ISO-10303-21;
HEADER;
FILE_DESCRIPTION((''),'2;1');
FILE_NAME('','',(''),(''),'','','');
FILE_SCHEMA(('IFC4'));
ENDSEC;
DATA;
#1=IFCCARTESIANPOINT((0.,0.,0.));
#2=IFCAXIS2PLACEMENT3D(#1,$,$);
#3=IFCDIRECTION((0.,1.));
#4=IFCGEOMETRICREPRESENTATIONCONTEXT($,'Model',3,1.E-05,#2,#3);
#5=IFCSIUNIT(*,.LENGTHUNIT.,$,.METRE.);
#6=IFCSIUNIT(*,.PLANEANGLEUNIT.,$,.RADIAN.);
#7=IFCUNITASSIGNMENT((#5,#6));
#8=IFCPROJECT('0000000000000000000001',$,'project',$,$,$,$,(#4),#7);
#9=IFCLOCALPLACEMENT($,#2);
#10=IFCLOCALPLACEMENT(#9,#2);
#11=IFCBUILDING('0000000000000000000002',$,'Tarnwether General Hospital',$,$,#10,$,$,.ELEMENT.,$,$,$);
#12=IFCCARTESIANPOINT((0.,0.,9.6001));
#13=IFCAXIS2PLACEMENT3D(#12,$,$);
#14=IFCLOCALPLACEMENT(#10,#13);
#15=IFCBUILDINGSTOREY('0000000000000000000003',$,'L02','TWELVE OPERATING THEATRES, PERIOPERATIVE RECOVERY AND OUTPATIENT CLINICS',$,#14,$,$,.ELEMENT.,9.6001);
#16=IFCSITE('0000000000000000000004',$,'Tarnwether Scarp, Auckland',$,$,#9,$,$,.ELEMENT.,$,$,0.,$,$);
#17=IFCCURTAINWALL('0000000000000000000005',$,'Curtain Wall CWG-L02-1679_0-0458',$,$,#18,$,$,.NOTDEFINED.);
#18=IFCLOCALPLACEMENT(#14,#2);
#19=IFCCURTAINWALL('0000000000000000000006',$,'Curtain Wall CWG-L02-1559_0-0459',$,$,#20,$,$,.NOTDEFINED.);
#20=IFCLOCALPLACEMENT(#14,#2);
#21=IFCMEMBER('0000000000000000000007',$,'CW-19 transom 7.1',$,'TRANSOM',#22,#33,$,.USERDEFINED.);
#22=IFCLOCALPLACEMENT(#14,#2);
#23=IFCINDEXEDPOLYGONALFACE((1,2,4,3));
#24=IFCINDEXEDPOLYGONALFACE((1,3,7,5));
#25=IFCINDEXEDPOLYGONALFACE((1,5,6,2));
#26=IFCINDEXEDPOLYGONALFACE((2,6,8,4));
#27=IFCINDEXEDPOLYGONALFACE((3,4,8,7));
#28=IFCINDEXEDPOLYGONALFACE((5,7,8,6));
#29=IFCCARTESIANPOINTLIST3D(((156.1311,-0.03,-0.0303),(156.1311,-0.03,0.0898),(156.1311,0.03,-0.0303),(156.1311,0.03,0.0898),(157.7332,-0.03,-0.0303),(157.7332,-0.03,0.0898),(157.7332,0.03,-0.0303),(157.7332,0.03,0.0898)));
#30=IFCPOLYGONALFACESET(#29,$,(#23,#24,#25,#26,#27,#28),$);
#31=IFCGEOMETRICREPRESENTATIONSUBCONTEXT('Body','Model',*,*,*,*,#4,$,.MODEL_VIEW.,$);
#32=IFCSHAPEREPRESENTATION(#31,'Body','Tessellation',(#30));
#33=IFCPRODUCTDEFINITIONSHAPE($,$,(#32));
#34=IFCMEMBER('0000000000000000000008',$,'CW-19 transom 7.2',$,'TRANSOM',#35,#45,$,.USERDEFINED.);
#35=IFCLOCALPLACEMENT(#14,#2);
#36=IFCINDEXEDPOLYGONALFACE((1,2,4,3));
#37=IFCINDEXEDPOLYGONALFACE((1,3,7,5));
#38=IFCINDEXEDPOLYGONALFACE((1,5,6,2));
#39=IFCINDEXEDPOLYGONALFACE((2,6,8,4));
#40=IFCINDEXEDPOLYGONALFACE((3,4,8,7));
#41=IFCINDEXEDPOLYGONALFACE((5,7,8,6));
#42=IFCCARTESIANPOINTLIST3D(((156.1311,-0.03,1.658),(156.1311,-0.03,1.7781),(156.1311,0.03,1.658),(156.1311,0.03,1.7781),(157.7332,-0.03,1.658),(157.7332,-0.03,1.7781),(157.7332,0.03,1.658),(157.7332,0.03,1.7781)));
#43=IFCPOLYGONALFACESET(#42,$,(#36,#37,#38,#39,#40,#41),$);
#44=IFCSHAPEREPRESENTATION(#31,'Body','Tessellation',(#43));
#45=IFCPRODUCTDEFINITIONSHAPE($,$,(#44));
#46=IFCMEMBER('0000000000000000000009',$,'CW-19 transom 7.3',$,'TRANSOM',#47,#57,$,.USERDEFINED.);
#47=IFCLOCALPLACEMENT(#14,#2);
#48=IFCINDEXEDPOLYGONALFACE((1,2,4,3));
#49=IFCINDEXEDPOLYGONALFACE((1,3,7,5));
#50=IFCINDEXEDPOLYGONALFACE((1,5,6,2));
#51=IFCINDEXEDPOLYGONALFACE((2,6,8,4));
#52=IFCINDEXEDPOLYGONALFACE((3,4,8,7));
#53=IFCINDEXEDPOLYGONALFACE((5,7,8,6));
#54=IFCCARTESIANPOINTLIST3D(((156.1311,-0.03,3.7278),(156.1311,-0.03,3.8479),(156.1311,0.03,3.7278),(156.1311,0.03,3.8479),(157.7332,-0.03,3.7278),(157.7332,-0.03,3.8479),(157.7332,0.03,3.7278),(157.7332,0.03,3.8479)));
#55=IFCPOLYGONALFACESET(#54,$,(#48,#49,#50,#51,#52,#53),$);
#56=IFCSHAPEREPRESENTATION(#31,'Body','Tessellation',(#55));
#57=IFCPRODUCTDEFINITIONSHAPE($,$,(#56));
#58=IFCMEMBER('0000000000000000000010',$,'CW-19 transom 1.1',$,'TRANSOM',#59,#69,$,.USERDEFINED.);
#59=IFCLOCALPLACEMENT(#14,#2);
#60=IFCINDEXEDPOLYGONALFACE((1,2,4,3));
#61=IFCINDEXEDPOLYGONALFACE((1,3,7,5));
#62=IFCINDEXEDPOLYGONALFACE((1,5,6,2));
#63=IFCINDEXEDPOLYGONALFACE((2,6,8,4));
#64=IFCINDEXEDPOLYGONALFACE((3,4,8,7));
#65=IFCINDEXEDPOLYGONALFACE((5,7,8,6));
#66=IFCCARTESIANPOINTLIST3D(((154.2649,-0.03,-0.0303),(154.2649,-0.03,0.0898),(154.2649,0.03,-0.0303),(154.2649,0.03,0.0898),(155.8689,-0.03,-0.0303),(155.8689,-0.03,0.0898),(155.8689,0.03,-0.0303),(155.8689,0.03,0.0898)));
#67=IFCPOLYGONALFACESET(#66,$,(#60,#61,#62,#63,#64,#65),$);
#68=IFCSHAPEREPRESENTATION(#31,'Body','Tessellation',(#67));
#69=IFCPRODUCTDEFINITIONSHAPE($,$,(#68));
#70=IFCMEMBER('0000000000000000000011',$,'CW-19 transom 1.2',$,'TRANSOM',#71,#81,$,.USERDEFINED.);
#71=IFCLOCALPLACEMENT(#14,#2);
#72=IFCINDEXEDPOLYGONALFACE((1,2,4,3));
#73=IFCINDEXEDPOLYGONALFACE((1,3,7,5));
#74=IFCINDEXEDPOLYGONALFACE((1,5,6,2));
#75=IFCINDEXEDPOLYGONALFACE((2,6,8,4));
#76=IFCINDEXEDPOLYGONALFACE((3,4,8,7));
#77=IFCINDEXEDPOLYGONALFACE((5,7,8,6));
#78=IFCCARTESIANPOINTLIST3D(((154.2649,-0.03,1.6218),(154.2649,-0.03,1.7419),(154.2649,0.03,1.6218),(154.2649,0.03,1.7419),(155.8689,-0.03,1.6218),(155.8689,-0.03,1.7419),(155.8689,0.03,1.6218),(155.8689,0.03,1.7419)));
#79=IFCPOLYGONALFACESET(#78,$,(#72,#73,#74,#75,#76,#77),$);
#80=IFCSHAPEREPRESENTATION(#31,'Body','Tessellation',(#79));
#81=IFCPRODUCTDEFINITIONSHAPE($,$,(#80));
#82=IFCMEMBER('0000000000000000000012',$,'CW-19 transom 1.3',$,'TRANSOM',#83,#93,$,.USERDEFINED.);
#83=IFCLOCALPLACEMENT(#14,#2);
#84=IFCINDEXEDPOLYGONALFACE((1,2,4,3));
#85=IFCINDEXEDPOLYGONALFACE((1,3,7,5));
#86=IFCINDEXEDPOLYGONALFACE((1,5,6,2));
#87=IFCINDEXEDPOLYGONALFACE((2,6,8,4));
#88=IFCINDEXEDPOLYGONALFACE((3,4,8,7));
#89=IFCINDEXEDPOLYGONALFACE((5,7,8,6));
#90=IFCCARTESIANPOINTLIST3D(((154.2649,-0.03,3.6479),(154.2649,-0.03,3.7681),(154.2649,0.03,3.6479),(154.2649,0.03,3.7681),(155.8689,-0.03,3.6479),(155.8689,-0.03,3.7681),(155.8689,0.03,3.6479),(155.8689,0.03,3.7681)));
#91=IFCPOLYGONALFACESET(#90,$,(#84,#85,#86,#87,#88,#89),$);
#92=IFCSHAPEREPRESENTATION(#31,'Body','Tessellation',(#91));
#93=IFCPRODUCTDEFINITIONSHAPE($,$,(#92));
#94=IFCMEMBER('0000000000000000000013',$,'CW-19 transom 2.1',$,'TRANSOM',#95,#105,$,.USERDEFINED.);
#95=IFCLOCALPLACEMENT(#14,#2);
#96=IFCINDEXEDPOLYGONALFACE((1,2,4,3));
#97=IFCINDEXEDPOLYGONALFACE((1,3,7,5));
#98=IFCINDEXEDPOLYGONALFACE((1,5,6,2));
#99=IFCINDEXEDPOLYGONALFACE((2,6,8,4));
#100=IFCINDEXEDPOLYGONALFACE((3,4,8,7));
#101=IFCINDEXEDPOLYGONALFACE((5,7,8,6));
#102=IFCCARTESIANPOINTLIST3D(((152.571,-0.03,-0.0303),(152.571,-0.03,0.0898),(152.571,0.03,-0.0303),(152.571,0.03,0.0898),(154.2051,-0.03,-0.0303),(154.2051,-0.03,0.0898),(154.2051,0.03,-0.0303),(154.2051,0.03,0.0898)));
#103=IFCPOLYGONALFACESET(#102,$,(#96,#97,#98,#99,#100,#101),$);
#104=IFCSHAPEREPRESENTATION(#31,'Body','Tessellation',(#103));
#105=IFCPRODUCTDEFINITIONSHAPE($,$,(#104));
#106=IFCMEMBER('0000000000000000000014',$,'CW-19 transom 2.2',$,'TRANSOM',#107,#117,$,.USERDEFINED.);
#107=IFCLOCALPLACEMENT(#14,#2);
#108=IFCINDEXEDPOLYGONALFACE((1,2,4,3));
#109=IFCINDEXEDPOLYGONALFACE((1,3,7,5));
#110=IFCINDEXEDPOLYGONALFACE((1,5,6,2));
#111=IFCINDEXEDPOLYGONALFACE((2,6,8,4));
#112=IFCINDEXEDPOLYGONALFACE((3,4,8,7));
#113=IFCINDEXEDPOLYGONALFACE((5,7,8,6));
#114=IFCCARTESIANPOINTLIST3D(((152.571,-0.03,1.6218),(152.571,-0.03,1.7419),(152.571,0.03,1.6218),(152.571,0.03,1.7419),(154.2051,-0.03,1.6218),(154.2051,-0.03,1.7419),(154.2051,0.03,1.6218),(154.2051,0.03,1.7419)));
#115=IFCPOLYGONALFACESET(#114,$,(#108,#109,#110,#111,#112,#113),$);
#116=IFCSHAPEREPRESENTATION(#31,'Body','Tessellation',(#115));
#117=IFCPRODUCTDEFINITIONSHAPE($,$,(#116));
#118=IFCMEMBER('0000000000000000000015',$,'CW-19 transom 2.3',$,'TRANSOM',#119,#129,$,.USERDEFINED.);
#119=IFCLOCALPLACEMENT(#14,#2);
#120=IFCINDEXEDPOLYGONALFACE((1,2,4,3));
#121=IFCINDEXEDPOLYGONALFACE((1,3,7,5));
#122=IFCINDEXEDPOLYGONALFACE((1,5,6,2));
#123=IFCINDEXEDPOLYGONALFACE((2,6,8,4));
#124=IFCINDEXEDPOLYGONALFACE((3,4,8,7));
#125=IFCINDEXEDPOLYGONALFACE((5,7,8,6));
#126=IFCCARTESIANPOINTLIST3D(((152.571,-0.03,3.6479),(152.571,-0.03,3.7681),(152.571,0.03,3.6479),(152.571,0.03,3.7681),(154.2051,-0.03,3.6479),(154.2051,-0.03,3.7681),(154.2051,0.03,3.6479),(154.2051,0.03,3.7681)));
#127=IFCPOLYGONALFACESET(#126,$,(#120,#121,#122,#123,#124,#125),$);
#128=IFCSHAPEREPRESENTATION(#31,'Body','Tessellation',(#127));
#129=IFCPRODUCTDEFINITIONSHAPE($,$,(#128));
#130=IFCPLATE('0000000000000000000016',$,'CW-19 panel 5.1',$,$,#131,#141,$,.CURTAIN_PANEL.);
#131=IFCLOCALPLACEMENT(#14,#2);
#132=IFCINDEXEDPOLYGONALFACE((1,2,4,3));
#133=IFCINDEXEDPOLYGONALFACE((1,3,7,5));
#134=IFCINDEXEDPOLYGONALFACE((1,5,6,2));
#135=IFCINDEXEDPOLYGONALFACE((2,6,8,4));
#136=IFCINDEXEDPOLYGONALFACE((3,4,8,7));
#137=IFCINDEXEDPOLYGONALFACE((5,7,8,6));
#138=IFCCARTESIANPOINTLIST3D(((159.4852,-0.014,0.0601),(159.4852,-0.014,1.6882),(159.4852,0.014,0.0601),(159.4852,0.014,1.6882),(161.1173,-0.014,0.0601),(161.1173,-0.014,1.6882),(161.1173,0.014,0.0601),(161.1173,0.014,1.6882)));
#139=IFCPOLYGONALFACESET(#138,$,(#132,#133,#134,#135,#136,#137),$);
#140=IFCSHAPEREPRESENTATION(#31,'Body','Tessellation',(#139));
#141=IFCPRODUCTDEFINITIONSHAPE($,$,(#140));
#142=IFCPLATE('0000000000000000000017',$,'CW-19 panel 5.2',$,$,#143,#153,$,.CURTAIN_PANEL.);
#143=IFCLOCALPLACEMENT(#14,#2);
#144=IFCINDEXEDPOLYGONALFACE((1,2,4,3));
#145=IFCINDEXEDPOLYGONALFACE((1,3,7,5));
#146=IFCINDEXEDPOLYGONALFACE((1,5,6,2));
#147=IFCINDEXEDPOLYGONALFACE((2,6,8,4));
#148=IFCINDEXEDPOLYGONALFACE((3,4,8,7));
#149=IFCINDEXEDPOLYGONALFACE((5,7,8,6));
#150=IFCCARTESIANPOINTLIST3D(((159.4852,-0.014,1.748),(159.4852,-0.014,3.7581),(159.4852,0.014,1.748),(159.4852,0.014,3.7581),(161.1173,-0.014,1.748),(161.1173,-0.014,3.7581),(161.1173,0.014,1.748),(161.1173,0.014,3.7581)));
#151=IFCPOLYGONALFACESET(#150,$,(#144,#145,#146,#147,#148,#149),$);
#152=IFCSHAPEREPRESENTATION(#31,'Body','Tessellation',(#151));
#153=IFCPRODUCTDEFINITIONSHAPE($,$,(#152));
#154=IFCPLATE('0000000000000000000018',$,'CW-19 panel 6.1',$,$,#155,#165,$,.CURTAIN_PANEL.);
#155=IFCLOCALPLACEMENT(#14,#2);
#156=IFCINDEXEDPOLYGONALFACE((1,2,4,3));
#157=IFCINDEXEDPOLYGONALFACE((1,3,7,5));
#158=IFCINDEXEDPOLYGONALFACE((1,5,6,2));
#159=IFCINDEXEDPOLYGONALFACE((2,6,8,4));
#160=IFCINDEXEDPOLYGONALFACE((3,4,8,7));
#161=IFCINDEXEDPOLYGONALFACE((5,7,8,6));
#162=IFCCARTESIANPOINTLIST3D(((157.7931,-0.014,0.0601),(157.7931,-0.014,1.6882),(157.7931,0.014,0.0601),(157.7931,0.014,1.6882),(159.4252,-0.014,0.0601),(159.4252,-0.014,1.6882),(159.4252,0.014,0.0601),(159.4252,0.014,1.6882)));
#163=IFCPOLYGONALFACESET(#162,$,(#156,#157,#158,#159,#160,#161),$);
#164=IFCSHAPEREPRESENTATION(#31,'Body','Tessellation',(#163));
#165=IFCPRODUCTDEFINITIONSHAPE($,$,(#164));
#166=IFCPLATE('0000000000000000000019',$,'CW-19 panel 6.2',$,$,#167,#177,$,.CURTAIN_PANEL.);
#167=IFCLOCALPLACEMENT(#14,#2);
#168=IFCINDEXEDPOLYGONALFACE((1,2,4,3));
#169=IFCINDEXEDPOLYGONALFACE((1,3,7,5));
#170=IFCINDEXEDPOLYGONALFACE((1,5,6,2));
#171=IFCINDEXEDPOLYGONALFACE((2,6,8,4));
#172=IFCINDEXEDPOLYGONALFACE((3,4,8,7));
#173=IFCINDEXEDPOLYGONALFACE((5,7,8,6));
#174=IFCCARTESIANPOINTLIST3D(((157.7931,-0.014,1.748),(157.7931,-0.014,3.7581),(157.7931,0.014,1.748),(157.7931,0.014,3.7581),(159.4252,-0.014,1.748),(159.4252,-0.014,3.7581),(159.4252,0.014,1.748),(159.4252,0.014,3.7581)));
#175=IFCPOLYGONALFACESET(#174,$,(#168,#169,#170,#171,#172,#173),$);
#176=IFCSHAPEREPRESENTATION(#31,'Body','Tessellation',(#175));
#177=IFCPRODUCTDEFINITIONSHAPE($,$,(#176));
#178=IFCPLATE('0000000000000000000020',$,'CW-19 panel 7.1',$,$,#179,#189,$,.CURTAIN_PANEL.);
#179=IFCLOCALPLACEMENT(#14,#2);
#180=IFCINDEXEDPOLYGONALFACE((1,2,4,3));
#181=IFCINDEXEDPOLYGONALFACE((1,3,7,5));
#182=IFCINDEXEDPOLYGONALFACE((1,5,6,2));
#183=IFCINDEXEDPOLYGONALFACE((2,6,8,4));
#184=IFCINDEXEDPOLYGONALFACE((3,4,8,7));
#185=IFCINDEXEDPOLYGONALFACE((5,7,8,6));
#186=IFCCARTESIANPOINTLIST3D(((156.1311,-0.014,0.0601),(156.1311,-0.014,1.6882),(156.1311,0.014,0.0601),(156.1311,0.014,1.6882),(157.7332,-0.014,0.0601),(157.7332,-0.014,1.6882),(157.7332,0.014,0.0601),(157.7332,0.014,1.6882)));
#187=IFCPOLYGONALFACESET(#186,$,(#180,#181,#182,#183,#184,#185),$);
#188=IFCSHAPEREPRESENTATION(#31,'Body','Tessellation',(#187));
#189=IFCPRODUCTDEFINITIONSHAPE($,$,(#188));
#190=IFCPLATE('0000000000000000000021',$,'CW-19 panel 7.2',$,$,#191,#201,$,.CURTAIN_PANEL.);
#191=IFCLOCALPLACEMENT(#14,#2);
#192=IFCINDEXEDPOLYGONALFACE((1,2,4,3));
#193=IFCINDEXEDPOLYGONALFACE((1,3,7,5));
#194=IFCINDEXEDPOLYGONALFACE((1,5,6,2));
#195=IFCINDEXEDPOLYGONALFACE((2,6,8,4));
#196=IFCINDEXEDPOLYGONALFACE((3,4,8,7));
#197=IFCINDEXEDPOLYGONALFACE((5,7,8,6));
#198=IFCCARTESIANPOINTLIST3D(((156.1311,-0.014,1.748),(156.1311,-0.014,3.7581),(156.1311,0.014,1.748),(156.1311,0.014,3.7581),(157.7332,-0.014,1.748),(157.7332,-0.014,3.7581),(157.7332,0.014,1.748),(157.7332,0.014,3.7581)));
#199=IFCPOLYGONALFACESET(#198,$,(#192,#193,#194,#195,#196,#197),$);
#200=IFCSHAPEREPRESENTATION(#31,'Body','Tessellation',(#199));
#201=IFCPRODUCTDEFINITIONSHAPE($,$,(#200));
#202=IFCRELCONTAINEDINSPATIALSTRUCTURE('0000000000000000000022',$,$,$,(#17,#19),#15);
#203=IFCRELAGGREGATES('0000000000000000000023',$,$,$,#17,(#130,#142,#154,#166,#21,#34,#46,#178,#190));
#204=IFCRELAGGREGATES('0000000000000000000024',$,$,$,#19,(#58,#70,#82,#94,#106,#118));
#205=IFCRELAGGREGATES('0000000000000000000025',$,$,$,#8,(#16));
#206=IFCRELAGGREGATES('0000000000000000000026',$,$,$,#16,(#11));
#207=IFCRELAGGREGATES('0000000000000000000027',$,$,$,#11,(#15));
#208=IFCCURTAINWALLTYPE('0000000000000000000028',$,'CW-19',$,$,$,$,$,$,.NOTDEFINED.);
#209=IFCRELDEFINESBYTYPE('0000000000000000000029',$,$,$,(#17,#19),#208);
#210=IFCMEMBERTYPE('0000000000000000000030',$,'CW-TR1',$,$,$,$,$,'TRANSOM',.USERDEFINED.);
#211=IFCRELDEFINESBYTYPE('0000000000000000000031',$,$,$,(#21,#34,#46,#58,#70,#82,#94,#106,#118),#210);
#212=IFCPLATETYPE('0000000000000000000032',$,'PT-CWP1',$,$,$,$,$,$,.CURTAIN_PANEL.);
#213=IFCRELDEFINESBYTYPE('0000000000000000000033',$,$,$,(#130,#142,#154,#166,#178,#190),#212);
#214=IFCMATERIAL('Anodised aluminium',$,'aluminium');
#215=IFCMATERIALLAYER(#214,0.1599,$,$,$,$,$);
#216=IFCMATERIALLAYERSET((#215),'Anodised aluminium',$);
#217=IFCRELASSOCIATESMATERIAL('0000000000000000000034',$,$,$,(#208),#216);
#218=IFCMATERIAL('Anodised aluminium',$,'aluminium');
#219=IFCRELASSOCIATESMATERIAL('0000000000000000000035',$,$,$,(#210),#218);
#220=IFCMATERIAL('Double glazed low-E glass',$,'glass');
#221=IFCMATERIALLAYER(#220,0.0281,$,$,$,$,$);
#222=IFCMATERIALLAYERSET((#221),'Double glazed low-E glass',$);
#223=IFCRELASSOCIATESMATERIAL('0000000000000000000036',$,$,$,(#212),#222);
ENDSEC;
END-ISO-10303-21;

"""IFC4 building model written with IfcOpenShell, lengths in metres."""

from ifc_helpers import new_model, si_unit, direction, frame, origin, origin_2d, place, context, subcontext, project, spatial, rectangle, extrude, material, layer, layer_set, material_profile, profile_set, type_object, element, aggregate, save


model = new_model("IFC4")

# Units and contexts
model_context = context("Model", 3, precision=1e-05, world=origin(), true_north=direction((0.0, 1.0)))
body_context = subcontext(model_context, "Body", "Model", "MODEL_VIEW")
ifc_project = project(units=[si_unit("LENGTHUNIT", "METRE"), si_unit("PLANEANGLEUNIT", "RADIAN")], contexts=[model_context])

# Site, building, storey
site_placement = place(None, origin())
site = spatial("IfcSite", under=ifc_project, at=site_placement, Name="Tarnwether Scarp, Auckland", CompositionType="ELEMENT", RefElevation=0.0)
building_placement = place(site_placement, origin())
building = spatial("IfcBuilding", under=site, at=building_placement, Name="Tarnwether General Hospital", CompositionType="ELEMENT")
storey_placement = place(building_placement, frame((0.0, 0.0, 9.6001)))
storey = spatial("IfcBuildingStorey", under=building, at=storey_placement, Name="L02", Description="TWELVE OPERATING THEATRES, PERIOPERATIVE RECOVERY AND OUTPATIENT CLINICS", CompositionType="ELEMENT", Elevation=9.6001)

# Curtain walls
ifc_material_1 = material(Name="Anodised aluminium", Category="aluminium")
ifc_layer_1 = layer(ifc_material_1, 0.1599)
ifc_layer_set_1 = layer_set([ifc_layer_1], Name="Anodised aluminium")
curtain_wall_type = type_object("IfcCurtainWallType", Name="CW-19", PredefinedType="NOTDEFINED", material=ifc_layer_set_1)
curtain_wall_1_placement = place(storey_placement, origin())
curtain_wall_1 = element("IfcCurtainWall", 1, at=curtain_wall_1_placement, inside=storey, type_object=curtain_wall_type, Name="Curtain Wall CWG-L02-1679_0-0458", PredefinedType="NOTDEFINED")
curtain_wall_2_placement = place(storey_placement, origin())
curtain_wall_2 = element("IfcCurtainWall", 2, at=curtain_wall_2_placement, inside=storey, type_object=curtain_wall_type, Name="Curtain Wall CWG-L02-1559_0-0459", PredefinedType="NOTDEFINED")

# Members
ifc_material_2 = material(Name="Anodised aluminium", Category="aluminium")
ifc_material_profile_1 = material_profile(ifc_material_2, rectangle(XDim=0.0601, YDim=0.1201, at=origin_2d()), Name="ALU-TRN-60x120")
ifc_profile_set_1 = profile_set([ifc_material_profile_1], Name="Anodised aluminium")
member_type_1 = type_object("IfcMemberType", Name="CW-TR1", ElementType="TRANSOM", PredefinedType="USERDEFINED", material=ifc_profile_set_1)
member_1_placement = place(storey_placement, frame((157.7332, 0.0, 0.0298), z_axis=(-1.0, 0.0, 0.0), x_axis=(0.0, -1.0, 0.0)))
member_1 = element("IfcMember", 3, at=member_1_placement, type_object=member_type_1, Name="CW-19 transom 7.1", ObjectType="TRANSOM", PredefinedType="USERDEFINED", context=body_context, shape_type="SweptSolid", body=[
    extrude(rectangle(XDim=0.0601, YDim=0.1201, at=origin_2d()), origin(), (0.0, 0.0, 1.0), 1.6021),
])
member_2_placement = place(storey_placement, frame((157.7332, 0.0, 1.718), z_axis=(-1.0, 0.0, 0.0), x_axis=(0.0, -1.0, 0.0)))
member_2 = element("IfcMember", 4, at=member_2_placement, type_object=member_type_1, Name="CW-19 transom 7.2", ObjectType="TRANSOM", PredefinedType="USERDEFINED", context=body_context, shape_type="SweptSolid", body=[
    extrude(rectangle(XDim=0.0601, YDim=0.1201, at=origin_2d()), origin(), (0.0, 0.0, 1.0), 1.6021),
])
member_3_placement = place(storey_placement, frame((157.7332, 0.0, 3.7878), z_axis=(-1.0, 0.0, 0.0), x_axis=(0.0, -1.0, 0.0)))
member_3 = element("IfcMember", 5, at=member_3_placement, type_object=member_type_1, Name="CW-19 transom 7.3", ObjectType="TRANSOM", PredefinedType="USERDEFINED", context=body_context, shape_type="SweptSolid", body=[
    extrude(rectangle(XDim=0.0601, YDim=0.1201, at=origin_2d()), origin(), (0.0, 0.0, 1.0), 1.6021),
])
member_4_placement = place(storey_placement, frame((155.8689, 0.0, 0.0298), z_axis=(-1.0, 0.0, 0.0), x_axis=(0.0, -1.0, 0.0)))
member_4 = element("IfcMember", 6, at=member_4_placement, type_object=member_type_1, Name="CW-19 transom 1.1", ObjectType="TRANSOM", PredefinedType="USERDEFINED", context=body_context, shape_type="SweptSolid", body=[
    extrude(rectangle(XDim=0.0601, YDim=0.1201, at=origin_2d()), origin(), (0.0, 0.0, 1.0), 1.604),
])
member_5_placement = place(storey_placement, frame((155.8689, 0.0, 1.6819), z_axis=(-1.0, 0.0, 0.0), x_axis=(0.0, -1.0, 0.0)))
member_5 = element("IfcMember", 7, at=member_5_placement, type_object=member_type_1, Name="CW-19 transom 1.2", ObjectType="TRANSOM", PredefinedType="USERDEFINED", context=body_context, shape_type="SweptSolid", body=[
    extrude(rectangle(XDim=0.0601, YDim=0.1201, at=origin_2d()), origin(), (0.0, 0.0, 1.0), 1.604),
])
member_6_placement = place(storey_placement, frame((155.8689, 0.0, 3.708), z_axis=(-1.0, 0.0, 0.0), x_axis=(0.0, -1.0, 0.0)))
member_6 = element("IfcMember", 8, at=member_6_placement, type_object=member_type_1, Name="CW-19 transom 1.3", ObjectType="TRANSOM", PredefinedType="USERDEFINED", context=body_context, shape_type="SweptSolid", body=[
    extrude(rectangle(XDim=0.0601, YDim=0.1201, at=origin_2d()), origin(), (0.0, 0.0, 1.0), 1.604),
])
member_7_placement = place(storey_placement, frame((154.2051, 0.0, 0.0298), z_axis=(-1.0, 0.0, 0.0), x_axis=(0.0, -1.0, 0.0)))
member_7 = element("IfcMember", 9, at=member_7_placement, type_object=member_type_1, Name="CW-19 transom 2.1", ObjectType="TRANSOM", PredefinedType="USERDEFINED", context=body_context, shape_type="SweptSolid", body=[
    extrude(rectangle(XDim=0.0601, YDim=0.1201, at=origin_2d()), origin(), (0.0, 0.0, 1.0), 1.634),
])
member_8_placement = place(storey_placement, frame((154.2051, 0.0, 1.6819), z_axis=(-1.0, 0.0, 0.0), x_axis=(0.0, -1.0, 0.0)))
member_8 = element("IfcMember", 10, at=member_8_placement, type_object=member_type_1, Name="CW-19 transom 2.2", ObjectType="TRANSOM", PredefinedType="USERDEFINED", context=body_context, shape_type="SweptSolid", body=[
    extrude(rectangle(XDim=0.0601, YDim=0.1201, at=origin_2d()), origin(), (0.0, 0.0, 1.0), 1.634),
])
member_9_placement = place(storey_placement, frame((154.2051, 0.0, 3.708), z_axis=(-1.0, 0.0, 0.0), x_axis=(0.0, -1.0, 0.0)))
member_9 = element("IfcMember", 11, at=member_9_placement, type_object=member_type_1, Name="CW-19 transom 2.3", ObjectType="TRANSOM", PredefinedType="USERDEFINED", context=body_context, shape_type="SweptSolid", body=[
    extrude(rectangle(XDim=0.0601, YDim=0.1201, at=origin_2d()), origin(), (0.0, 0.0, 1.0), 1.634),
])

# Plates
ifc_material_3 = material(Name="Double glazed low-E glass", Category="glass")
ifc_layer_2 = layer(ifc_material_3, 0.0281)
ifc_layer_set_2 = layer_set([ifc_layer_2], Name="Double glazed low-E glass")
plate_type_1 = type_object("IfcPlateType", Name="PT-CWP1", PredefinedType="CURTAIN_PANEL", material=ifc_layer_set_2)
plate_1_placement = place(storey_placement, frame((160.3013, 0.0, 0.0601), z_axis=(0.0, 0.0, 1.0), x_axis=(-1.0, 0.0, 0.0)))
plate_1 = element("IfcPlate", 12, at=plate_1_placement, type_object=plate_type_1, Name="CW-19 panel 5.1", PredefinedType="CURTAIN_PANEL", context=body_context, shape_type="SweptSolid", body=[
    extrude(rectangle(XDim=1.6321, YDim=0.0281, at=origin_2d()), origin(), (0.0, 0.0, 1.0), 1.6282),
])
plate_2_placement = place(storey_placement, frame((160.3013, 0.0, 1.748), z_axis=(0.0, 0.0, 1.0), x_axis=(-1.0, 0.0, 0.0)))
plate_2 = element("IfcPlate", 13, at=plate_2_placement, type_object=plate_type_1, Name="CW-19 panel 5.2", PredefinedType="CURTAIN_PANEL", context=body_context, shape_type="SweptSolid", body=[
    extrude(rectangle(XDim=1.6321, YDim=0.0281, at=origin_2d()), origin(), (0.0, 0.0, 1.0), 2.01),
])
plate_3_placement = place(storey_placement, frame((158.6091, 0.0, 0.0601), z_axis=(0.0, 0.0, 1.0), x_axis=(-1.0, 0.0, 0.0)))
plate_3 = element("IfcPlate", 14, at=plate_3_placement, type_object=plate_type_1, Name="CW-19 panel 6.1", PredefinedType="CURTAIN_PANEL", context=body_context, shape_type="SweptSolid", body=[
    extrude(rectangle(XDim=1.6321, YDim=0.0281, at=origin_2d()), origin(), (0.0, 0.0, 1.0), 1.6282),
])
plate_4_placement = place(storey_placement, frame((158.6091, 0.0, 1.748), z_axis=(0.0, 0.0, 1.0), x_axis=(-1.0, 0.0, 0.0)))
plate_4 = element("IfcPlate", 15, at=plate_4_placement, type_object=plate_type_1, Name="CW-19 panel 6.2", PredefinedType="CURTAIN_PANEL", context=body_context, shape_type="SweptSolid", body=[
    extrude(rectangle(XDim=1.6321, YDim=0.0281, at=origin_2d()), origin(), (0.0, 0.0, 1.0), 2.01),
])
plate_5_placement = place(storey_placement, frame((156.9321, 0.0, 0.0601), z_axis=(0.0, 0.0, 1.0), x_axis=(-1.0, 0.0, 0.0)))
plate_5 = element("IfcPlate", 16, at=plate_5_placement, type_object=plate_type_1, Name="CW-19 panel 7.1", PredefinedType="CURTAIN_PANEL", context=body_context, shape_type="SweptSolid", body=[
    extrude(rectangle(XDim=1.6021, YDim=0.0281, at=origin_2d()), origin(), (0.0, 0.0, 1.0), 1.6282),
])
plate_6_placement = place(storey_placement, frame((156.9321, 0.0, 1.748), z_axis=(0.0, 0.0, 1.0), x_axis=(-1.0, 0.0, 0.0)))
plate_6 = element("IfcPlate", 17, at=plate_6_placement, type_object=plate_type_1, Name="CW-19 panel 7.2", PredefinedType="CURTAIN_PANEL", context=body_context, shape_type="SweptSolid", body=[
    extrude(rectangle(XDim=1.6021, YDim=0.0281, at=origin_2d()), origin(), (0.0, 0.0, 1.0), 2.01),
])
aggregate(curtain_wall_1, [plate_1, plate_2, plate_3, plate_4, member_1, member_2, member_3, plate_5, plate_6])
aggregate(curtain_wall_2, [member_4, member_5, member_6, member_7, member_8, member_9])

save(model, "model.ifc")
